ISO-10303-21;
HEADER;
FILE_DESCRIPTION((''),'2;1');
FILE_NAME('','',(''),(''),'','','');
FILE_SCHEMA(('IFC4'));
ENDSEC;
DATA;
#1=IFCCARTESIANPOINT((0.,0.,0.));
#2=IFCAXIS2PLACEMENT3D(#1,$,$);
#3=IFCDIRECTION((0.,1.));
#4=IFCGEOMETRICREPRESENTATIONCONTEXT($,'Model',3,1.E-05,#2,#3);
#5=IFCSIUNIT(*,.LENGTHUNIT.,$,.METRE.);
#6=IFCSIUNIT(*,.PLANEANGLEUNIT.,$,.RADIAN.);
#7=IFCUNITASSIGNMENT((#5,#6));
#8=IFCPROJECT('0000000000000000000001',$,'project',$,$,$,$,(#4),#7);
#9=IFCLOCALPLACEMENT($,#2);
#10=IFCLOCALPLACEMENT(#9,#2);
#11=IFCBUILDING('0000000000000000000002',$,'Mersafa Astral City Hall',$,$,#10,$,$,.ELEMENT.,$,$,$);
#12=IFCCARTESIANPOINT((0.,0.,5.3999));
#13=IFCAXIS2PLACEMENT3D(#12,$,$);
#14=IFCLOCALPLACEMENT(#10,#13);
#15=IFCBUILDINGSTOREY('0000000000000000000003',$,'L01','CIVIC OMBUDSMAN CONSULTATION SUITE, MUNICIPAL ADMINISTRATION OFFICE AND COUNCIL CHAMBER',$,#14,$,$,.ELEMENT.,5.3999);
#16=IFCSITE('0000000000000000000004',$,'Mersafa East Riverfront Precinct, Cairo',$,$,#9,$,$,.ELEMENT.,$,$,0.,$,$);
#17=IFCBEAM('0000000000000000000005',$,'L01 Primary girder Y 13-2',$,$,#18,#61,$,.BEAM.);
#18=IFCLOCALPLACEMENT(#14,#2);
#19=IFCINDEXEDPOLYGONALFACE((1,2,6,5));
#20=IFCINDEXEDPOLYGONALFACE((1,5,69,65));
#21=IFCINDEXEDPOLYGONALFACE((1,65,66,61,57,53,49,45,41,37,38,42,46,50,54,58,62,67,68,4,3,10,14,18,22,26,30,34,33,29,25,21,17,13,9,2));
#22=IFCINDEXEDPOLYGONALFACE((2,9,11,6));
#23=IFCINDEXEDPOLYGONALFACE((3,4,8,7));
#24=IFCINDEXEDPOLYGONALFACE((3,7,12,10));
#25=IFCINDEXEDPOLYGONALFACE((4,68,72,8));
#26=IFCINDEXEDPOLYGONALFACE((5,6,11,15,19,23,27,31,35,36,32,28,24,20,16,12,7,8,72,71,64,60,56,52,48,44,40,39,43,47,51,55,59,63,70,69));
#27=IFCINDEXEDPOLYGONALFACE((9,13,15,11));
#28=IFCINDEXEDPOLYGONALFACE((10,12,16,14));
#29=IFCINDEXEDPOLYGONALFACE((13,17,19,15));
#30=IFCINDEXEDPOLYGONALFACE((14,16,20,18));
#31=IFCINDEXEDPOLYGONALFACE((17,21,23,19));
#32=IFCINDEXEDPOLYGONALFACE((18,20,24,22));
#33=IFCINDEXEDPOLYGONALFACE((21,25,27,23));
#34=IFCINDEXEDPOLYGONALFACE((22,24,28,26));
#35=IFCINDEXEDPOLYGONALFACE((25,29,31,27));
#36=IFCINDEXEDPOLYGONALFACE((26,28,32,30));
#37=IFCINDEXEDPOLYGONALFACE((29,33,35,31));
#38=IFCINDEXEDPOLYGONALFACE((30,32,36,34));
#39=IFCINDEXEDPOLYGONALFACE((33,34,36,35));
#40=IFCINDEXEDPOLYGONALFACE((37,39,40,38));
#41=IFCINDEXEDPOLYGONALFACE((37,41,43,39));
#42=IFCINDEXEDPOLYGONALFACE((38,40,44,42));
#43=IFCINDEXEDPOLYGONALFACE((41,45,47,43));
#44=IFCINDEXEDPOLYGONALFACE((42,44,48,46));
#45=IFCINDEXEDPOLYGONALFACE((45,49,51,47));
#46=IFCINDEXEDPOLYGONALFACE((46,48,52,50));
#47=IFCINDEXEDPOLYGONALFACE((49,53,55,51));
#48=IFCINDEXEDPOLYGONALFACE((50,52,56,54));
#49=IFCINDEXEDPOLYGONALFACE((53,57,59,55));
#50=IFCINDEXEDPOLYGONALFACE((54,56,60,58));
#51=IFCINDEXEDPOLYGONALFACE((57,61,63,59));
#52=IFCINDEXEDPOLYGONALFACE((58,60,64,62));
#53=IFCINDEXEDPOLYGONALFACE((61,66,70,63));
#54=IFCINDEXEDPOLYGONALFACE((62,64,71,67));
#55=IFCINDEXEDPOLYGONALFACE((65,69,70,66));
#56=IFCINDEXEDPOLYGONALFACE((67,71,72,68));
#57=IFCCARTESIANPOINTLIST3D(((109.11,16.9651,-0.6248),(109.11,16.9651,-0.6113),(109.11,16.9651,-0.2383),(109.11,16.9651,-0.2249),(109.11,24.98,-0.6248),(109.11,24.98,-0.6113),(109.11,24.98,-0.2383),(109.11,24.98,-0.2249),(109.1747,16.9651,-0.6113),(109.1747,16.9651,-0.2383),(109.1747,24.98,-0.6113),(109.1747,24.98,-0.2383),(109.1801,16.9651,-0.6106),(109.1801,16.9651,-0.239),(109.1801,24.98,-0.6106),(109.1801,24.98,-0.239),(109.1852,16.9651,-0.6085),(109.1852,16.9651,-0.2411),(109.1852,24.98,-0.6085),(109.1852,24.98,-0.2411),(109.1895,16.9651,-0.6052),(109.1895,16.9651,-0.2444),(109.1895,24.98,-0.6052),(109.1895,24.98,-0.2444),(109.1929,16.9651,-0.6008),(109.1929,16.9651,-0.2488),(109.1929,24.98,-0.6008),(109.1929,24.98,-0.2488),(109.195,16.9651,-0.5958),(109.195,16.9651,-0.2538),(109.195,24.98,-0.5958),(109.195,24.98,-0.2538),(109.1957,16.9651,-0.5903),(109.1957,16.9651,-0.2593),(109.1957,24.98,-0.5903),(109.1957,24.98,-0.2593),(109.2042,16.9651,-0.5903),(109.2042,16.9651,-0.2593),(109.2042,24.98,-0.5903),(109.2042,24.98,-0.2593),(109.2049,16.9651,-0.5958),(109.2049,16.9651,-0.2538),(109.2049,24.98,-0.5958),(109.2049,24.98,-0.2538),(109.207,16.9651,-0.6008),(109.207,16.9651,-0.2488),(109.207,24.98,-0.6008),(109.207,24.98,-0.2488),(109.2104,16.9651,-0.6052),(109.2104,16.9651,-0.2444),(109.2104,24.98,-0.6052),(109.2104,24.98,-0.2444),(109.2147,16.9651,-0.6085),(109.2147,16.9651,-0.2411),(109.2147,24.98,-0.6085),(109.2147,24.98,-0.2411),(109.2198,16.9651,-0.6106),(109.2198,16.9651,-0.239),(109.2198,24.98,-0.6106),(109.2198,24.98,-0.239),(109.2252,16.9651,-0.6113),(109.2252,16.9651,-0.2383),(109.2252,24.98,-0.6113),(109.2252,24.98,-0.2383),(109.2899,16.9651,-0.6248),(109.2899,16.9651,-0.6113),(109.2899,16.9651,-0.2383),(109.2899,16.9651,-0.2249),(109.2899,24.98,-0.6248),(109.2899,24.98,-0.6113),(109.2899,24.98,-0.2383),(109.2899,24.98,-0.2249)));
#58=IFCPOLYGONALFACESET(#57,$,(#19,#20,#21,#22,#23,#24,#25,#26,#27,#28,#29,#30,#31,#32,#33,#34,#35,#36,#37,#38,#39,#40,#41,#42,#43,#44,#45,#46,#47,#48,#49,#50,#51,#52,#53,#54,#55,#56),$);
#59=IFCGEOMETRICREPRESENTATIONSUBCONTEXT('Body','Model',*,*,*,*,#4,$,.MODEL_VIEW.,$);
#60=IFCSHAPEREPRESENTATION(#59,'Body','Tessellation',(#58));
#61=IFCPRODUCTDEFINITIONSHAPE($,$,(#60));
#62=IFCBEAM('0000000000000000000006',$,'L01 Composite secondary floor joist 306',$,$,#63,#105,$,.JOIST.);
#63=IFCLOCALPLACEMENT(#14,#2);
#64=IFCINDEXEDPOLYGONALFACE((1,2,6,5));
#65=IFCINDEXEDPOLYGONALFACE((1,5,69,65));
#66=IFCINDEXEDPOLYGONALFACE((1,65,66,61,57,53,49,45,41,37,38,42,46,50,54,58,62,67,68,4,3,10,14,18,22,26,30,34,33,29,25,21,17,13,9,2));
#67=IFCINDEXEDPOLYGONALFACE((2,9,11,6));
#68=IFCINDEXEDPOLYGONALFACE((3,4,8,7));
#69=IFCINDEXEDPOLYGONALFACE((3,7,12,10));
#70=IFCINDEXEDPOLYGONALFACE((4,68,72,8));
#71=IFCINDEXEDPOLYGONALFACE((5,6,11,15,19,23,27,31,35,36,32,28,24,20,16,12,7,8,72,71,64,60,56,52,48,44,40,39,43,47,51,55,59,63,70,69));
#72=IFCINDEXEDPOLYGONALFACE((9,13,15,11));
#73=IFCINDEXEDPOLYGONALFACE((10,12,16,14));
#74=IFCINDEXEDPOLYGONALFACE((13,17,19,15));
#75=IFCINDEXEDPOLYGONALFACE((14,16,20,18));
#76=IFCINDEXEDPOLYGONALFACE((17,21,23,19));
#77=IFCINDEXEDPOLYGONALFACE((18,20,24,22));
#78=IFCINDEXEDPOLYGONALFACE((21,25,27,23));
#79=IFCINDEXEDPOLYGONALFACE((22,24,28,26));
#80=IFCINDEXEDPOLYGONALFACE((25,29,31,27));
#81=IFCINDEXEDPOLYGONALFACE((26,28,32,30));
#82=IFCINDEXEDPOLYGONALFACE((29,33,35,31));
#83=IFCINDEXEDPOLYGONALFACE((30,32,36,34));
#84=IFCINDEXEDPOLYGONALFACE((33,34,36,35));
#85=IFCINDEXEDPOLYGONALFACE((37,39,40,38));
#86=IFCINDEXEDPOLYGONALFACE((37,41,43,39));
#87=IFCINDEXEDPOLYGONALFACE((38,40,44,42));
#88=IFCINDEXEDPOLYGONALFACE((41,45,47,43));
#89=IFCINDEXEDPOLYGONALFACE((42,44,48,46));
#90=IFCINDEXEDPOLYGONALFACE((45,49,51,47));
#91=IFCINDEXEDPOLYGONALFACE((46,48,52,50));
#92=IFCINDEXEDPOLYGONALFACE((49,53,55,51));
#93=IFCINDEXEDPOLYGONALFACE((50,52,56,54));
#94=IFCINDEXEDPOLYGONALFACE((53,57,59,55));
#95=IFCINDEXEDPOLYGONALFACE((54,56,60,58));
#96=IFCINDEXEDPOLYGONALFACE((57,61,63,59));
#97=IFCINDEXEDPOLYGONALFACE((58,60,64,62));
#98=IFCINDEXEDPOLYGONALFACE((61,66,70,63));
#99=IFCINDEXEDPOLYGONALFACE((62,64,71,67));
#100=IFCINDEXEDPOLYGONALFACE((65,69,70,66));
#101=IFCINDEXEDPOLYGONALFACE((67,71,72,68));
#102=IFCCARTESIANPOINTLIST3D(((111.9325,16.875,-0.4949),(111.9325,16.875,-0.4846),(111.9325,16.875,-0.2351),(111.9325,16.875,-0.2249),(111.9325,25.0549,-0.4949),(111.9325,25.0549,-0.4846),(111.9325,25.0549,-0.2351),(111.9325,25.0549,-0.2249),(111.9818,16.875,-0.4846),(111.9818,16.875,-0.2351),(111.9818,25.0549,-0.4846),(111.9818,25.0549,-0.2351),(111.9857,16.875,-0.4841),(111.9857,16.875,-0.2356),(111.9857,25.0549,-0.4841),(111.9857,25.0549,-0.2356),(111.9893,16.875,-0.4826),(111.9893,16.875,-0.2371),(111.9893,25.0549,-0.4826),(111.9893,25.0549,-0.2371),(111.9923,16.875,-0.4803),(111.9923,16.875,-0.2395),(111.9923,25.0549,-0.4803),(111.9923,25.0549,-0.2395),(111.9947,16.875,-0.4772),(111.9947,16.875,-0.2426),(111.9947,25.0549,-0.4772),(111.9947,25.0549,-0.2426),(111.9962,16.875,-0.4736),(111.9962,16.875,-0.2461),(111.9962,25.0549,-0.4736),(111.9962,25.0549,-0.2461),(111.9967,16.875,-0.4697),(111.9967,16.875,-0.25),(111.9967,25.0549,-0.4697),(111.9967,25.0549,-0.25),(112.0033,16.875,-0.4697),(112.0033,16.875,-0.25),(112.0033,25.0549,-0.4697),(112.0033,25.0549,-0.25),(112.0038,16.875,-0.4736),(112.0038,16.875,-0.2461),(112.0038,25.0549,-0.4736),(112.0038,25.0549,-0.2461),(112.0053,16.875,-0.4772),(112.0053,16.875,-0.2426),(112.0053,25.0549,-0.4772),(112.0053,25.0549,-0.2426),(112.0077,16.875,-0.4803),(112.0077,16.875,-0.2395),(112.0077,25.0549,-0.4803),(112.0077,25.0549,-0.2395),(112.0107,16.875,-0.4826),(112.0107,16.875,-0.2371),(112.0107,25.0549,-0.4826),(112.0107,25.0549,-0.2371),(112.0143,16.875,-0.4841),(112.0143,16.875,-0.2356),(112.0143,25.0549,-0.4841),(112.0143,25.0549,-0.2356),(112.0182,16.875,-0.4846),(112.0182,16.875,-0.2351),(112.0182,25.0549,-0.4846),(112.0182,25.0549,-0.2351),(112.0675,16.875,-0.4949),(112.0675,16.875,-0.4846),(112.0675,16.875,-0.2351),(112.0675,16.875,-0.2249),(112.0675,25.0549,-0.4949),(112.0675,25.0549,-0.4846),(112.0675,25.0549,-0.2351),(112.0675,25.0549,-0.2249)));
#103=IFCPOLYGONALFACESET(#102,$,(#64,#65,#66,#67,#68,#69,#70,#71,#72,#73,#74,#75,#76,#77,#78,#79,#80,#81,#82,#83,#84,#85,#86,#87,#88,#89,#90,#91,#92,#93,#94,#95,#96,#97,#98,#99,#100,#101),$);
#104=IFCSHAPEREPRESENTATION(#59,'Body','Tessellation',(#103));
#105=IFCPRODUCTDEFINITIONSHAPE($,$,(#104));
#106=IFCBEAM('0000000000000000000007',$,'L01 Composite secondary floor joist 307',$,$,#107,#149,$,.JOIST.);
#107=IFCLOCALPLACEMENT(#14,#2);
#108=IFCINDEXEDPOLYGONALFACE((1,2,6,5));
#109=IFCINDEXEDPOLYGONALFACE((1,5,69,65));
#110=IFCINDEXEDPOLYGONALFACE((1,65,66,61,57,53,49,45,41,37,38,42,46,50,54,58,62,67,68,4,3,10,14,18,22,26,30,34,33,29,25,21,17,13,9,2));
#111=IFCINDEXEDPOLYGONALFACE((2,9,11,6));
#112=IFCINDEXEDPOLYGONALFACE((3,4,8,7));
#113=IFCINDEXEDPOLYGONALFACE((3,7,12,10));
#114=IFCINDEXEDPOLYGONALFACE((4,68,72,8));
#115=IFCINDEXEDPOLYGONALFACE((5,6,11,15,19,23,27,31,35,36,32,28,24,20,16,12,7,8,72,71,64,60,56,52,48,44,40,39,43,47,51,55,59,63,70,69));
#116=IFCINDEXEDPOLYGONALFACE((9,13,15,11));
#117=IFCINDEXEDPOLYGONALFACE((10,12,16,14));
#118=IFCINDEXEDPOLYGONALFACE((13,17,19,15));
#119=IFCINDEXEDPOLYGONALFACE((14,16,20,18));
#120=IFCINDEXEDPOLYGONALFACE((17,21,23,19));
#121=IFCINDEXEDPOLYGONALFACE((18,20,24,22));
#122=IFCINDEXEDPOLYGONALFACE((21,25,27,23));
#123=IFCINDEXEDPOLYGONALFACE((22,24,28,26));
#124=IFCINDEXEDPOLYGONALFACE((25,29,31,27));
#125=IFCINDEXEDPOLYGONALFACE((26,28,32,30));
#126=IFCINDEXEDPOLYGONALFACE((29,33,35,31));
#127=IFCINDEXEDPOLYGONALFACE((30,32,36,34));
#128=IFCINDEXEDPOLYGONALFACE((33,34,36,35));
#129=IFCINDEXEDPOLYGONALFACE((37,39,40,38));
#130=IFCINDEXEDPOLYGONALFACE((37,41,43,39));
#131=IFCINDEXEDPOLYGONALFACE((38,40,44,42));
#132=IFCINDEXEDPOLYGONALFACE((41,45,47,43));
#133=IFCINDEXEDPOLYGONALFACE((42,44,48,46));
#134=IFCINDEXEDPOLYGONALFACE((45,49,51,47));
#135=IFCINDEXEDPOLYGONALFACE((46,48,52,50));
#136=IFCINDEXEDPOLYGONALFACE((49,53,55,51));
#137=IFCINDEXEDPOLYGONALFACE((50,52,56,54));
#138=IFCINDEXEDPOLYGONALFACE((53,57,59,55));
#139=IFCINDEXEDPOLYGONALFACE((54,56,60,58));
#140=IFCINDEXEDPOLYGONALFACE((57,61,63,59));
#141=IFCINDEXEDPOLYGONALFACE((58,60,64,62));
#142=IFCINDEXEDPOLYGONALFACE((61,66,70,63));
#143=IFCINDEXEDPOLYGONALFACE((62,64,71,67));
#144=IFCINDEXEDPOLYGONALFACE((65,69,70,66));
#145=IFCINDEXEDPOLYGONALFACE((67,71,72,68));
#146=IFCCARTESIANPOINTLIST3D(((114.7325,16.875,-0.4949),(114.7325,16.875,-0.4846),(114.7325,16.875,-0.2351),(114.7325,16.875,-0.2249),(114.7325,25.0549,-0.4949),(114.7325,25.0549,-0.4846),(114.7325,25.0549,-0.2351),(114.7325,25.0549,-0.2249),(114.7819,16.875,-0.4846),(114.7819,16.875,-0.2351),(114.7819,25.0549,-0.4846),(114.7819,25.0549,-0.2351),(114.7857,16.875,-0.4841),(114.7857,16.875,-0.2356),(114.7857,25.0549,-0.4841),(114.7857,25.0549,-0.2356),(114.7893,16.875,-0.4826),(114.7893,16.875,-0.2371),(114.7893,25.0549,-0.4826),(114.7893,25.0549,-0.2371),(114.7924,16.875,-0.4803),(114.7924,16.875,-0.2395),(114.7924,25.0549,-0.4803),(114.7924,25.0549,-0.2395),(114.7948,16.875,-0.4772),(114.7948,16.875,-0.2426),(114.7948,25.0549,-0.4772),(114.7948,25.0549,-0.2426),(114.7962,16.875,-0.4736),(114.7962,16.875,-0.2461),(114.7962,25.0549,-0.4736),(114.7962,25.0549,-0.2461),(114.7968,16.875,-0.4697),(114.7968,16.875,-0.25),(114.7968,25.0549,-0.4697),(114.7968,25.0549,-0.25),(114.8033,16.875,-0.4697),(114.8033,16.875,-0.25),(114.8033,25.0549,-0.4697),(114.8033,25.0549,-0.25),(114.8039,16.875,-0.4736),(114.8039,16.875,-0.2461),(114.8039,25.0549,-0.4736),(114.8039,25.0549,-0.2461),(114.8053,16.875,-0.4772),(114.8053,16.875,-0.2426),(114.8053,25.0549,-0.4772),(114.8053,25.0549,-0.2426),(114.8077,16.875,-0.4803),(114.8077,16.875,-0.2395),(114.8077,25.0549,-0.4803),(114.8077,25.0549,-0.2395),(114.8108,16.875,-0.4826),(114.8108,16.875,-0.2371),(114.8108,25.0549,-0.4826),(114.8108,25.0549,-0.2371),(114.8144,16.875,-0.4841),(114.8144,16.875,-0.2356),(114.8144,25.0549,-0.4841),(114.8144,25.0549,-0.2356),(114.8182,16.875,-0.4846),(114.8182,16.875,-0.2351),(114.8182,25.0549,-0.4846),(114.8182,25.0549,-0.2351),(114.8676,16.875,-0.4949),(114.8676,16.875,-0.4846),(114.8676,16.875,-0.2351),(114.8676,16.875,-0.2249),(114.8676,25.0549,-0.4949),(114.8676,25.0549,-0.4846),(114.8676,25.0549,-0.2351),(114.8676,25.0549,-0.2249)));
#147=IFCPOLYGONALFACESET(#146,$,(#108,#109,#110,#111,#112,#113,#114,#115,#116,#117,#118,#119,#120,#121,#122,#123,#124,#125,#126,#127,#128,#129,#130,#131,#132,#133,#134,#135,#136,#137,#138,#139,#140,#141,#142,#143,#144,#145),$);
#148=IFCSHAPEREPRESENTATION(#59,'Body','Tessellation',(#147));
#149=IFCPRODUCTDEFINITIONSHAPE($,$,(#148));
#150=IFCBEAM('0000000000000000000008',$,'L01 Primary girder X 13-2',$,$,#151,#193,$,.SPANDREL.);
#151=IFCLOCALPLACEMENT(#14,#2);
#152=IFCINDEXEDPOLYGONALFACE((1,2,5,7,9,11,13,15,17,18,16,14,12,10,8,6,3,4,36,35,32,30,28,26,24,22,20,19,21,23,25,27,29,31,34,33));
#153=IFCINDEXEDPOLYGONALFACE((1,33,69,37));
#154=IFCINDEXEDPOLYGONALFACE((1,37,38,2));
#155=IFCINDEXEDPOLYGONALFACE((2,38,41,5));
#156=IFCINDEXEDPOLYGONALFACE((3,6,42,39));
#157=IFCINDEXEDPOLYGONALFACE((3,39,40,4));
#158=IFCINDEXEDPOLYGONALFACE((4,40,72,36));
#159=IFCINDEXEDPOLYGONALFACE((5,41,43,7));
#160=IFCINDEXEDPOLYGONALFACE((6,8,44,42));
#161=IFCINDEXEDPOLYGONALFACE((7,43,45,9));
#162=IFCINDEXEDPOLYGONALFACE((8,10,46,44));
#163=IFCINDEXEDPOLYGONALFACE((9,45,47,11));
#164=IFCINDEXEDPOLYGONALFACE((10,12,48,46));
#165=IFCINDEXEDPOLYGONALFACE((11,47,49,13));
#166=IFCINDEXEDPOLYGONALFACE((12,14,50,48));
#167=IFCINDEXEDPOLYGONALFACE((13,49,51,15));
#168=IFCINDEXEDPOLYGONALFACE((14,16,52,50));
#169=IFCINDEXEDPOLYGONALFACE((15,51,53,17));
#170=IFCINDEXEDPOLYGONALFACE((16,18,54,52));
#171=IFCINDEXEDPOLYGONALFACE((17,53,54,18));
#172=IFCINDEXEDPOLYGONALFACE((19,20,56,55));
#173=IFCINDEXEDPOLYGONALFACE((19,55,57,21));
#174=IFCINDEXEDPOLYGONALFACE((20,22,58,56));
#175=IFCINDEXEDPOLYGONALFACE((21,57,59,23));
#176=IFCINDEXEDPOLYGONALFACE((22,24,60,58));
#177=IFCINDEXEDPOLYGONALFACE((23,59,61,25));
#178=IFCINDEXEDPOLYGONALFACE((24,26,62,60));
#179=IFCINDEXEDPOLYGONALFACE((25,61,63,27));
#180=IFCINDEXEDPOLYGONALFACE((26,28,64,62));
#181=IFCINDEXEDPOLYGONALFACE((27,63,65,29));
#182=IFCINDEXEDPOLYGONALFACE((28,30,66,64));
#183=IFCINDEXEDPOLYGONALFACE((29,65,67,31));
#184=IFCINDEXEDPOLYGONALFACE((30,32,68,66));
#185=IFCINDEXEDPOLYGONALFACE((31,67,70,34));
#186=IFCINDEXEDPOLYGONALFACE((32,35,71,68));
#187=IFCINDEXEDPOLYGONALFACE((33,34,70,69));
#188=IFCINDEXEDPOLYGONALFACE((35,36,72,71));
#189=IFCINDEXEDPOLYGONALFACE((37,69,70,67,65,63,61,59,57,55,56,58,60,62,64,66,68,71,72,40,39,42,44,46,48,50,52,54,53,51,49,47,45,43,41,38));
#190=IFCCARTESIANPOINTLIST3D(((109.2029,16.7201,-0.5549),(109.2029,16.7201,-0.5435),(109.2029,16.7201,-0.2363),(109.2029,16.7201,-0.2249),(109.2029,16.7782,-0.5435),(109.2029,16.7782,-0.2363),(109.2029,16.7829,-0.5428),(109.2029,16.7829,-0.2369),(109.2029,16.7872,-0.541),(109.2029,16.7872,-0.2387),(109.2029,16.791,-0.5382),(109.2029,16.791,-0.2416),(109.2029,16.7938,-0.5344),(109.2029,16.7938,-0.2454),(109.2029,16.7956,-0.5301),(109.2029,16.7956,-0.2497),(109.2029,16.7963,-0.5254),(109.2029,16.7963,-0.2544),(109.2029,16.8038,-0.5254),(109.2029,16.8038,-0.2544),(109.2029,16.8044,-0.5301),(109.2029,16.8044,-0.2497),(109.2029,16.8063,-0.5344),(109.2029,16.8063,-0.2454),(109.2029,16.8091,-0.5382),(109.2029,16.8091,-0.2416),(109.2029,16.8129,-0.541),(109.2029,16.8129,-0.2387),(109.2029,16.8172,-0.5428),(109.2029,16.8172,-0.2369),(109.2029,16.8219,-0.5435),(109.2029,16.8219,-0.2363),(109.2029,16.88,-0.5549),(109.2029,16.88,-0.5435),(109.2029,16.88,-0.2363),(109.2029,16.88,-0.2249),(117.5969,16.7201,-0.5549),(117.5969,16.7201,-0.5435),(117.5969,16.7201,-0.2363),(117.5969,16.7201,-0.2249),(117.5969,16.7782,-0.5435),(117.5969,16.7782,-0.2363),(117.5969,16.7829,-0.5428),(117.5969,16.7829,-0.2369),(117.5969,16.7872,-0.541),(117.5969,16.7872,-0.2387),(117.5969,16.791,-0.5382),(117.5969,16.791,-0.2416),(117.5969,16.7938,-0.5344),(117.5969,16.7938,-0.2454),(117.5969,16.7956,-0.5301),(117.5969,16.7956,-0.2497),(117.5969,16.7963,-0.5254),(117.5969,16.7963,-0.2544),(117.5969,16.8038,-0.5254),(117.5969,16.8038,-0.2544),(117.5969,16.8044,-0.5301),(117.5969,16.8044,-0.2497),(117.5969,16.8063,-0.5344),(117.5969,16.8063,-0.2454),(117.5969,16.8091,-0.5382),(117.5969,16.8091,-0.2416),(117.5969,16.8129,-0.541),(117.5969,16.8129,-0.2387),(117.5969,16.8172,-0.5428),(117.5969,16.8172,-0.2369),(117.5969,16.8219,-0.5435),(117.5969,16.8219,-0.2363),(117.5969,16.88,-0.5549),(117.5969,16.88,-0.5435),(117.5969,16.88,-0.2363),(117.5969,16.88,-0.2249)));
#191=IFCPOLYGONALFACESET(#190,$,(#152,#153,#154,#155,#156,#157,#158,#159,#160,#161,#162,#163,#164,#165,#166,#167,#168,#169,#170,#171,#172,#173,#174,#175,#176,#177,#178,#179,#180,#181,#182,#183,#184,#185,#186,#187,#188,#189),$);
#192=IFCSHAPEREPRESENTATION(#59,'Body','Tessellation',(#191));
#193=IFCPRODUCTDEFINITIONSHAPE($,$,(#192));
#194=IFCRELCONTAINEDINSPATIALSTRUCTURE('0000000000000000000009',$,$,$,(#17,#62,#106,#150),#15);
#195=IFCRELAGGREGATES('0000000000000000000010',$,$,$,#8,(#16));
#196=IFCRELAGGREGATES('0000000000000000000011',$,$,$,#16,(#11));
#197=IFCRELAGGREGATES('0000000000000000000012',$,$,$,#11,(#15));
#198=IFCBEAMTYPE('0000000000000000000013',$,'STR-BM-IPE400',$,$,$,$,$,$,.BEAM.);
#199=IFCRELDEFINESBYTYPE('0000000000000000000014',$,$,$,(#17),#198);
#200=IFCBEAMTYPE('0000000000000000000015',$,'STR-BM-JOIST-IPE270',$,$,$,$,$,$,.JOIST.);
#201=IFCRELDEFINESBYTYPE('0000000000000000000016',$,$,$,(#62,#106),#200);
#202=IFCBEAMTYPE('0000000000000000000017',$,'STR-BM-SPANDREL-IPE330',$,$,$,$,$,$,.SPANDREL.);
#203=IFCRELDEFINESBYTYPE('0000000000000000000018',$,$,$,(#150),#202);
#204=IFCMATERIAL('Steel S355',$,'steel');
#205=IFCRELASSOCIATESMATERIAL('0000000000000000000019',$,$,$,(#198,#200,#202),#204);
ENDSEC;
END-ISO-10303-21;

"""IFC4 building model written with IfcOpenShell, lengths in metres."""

from ifc_helpers import new_model, si_unit, direction, frame, origin, origin_2d, place, context, subcontext, project, spatial, i_section, extrude, material, material_profile, profile_set, type_object, element, save


model = new_model("IFC4")

# Units and contexts
model_context = context("Model", 3, precision=1e-05, world=origin(), true_north=direction((0.0, 1.0)))
body_context = subcontext(model_context, "Body", "Model", "MODEL_VIEW")
ifc_project = project(units=[si_unit("LENGTHUNIT", "METRE"), si_unit("PLANEANGLEUNIT", "RADIAN")], contexts=[model_context])

# Site, building, storey
site_placement = place(None, origin())
site = spatial("IfcSite", under=ifc_project, at=site_placement, Name="Mersafa East Riverfront Precinct, Cairo", CompositionType="ELEMENT", RefElevation=0.0)
building_placement = place(site_placement, origin())
building = spatial("IfcBuilding", under=site, at=building_placement, Name="Mersafa Astral City Hall", CompositionType="ELEMENT")
storey_placement = place(building_placement, frame((0.0, 0.0, 5.3999)))
storey = spatial("IfcBuildingStorey", under=building, at=storey_placement, Name="L01", Description="CIVIC OMBUDSMAN CONSULTATION SUITE, MUNICIPAL ADMINISTRATION OFFICE AND COUNCIL CHAMBER", CompositionType="ELEMENT", Elevation=5.3999)

# Shared definitions
ifc_material_1 = material(Name="Steel S355", Category="steel")

# Beams
ifc_material_profile_1 = material_profile(ifc_material_1, i_section(OverallWidth=0.1799, OverallDepth=0.3999, WebThickness=0.0085, FlangeThickness=0.0134, FilletRadius=0.021, at=origin_2d()), Name="IPE 400")
ifc_profile_set_1 = profile_set([ifc_material_profile_1], Name="Steel S355")
beam_type_1 = type_object("IfcBeamType", Name="STR-BM-IPE400", PredefinedType="BEAM", material=ifc_profile_set_1)
beam_1_placement = place(storey_placement, frame((109.2, 16.9651, -0.4248), z_axis=(0.0, 1.0, 0.0), x_axis=(-1.0, 0.0, 0.0)))
element("IfcBeam", 1, at=beam_1_placement, inside=storey, type_object=beam_type_1, Name="L01 Primary girder Y 13-2", PredefinedType="BEAM", context=body_context, shape_type="SweptSolid", body=[
    extrude(i_section(OverallWidth=0.1799, OverallDepth=0.3999, WebThickness=0.0085, FlangeThickness=0.0134, FilletRadius=0.021, at=origin_2d()), origin(), (0.0, 0.0, 1.0), 8.0149),
])
ifc_material_profile_2 = material_profile(ifc_material_1, i_section(OverallWidth=0.135, OverallDepth=0.27, WebThickness=0.0066, FlangeThickness=0.0103, FilletRadius=0.0149, at=origin_2d()), Name="IPE 270")
ifc_profile_set_2 = profile_set([ifc_material_profile_2], Name="Steel S355")
beam_type_2 = type_object("IfcBeamType", Name="STR-BM-JOIST-IPE270", PredefinedType="JOIST", material=ifc_profile_set_2)
for number, where, z_axis, x_axis, name in (
    (2, (112.0, 16.875, -0.3599), (0.0, 1.0, 0.0), (-1.0, 0.0, 0.0), "L01 Composite secondary floor joist 306"),
    (3, (114.8, 16.875, -0.3599), (0.0, 1.0, 0.0), (-1.0, 0.0, 0.0), "L01 Composite secondary floor joist 307"),
):
    element("IfcBeam", number, at=place(storey_placement, frame(where, z_axis=z_axis, x_axis=x_axis)), inside=storey, type_object=beam_type_2, Name=name, PredefinedType="JOIST", context=body_context, shape_type="SweptSolid", body=[
        extrude(i_section(OverallWidth=0.135, OverallDepth=0.27, WebThickness=0.0066, FlangeThickness=0.0103, FilletRadius=0.0149, at=origin_2d()), origin(), (0.0, 0.0, 1.0), 8.1799),
    ])
ifc_material_profile_3 = material_profile(ifc_material_1, i_section(OverallWidth=0.1599, OverallDepth=0.3301, WebThickness=0.0076, FlangeThickness=0.0115, FilletRadius=0.0181, at=origin_2d()), Name="IPE 330")
ifc_profile_set_3 = profile_set([ifc_material_profile_3], Name="Steel S355")
beam_type_3 = type_object("IfcBeamType", Name="STR-BM-SPANDREL-IPE330", PredefinedType="SPANDREL", material=ifc_profile_set_3)
beam_2_placement = place(storey_placement, frame((109.2029, 16.8, -0.3899), z_axis=(1.0, 0.0, 0.0), x_axis=(0.0, 1.0, 0.0)))
element("IfcBeam", 4, at=beam_2_placement, inside=storey, type_object=beam_type_3, Name="L01 Primary girder X 13-2", PredefinedType="SPANDREL", context=body_context, shape_type="SweptSolid", body=[
    extrude(i_section(OverallWidth=0.1599, OverallDepth=0.3301, WebThickness=0.0076, FlangeThickness=0.0115, FilletRadius=0.0181, at=origin_2d()), origin(), (0.0, 0.0, 1.0), 8.394),
])

save(model, "model.ifc")
